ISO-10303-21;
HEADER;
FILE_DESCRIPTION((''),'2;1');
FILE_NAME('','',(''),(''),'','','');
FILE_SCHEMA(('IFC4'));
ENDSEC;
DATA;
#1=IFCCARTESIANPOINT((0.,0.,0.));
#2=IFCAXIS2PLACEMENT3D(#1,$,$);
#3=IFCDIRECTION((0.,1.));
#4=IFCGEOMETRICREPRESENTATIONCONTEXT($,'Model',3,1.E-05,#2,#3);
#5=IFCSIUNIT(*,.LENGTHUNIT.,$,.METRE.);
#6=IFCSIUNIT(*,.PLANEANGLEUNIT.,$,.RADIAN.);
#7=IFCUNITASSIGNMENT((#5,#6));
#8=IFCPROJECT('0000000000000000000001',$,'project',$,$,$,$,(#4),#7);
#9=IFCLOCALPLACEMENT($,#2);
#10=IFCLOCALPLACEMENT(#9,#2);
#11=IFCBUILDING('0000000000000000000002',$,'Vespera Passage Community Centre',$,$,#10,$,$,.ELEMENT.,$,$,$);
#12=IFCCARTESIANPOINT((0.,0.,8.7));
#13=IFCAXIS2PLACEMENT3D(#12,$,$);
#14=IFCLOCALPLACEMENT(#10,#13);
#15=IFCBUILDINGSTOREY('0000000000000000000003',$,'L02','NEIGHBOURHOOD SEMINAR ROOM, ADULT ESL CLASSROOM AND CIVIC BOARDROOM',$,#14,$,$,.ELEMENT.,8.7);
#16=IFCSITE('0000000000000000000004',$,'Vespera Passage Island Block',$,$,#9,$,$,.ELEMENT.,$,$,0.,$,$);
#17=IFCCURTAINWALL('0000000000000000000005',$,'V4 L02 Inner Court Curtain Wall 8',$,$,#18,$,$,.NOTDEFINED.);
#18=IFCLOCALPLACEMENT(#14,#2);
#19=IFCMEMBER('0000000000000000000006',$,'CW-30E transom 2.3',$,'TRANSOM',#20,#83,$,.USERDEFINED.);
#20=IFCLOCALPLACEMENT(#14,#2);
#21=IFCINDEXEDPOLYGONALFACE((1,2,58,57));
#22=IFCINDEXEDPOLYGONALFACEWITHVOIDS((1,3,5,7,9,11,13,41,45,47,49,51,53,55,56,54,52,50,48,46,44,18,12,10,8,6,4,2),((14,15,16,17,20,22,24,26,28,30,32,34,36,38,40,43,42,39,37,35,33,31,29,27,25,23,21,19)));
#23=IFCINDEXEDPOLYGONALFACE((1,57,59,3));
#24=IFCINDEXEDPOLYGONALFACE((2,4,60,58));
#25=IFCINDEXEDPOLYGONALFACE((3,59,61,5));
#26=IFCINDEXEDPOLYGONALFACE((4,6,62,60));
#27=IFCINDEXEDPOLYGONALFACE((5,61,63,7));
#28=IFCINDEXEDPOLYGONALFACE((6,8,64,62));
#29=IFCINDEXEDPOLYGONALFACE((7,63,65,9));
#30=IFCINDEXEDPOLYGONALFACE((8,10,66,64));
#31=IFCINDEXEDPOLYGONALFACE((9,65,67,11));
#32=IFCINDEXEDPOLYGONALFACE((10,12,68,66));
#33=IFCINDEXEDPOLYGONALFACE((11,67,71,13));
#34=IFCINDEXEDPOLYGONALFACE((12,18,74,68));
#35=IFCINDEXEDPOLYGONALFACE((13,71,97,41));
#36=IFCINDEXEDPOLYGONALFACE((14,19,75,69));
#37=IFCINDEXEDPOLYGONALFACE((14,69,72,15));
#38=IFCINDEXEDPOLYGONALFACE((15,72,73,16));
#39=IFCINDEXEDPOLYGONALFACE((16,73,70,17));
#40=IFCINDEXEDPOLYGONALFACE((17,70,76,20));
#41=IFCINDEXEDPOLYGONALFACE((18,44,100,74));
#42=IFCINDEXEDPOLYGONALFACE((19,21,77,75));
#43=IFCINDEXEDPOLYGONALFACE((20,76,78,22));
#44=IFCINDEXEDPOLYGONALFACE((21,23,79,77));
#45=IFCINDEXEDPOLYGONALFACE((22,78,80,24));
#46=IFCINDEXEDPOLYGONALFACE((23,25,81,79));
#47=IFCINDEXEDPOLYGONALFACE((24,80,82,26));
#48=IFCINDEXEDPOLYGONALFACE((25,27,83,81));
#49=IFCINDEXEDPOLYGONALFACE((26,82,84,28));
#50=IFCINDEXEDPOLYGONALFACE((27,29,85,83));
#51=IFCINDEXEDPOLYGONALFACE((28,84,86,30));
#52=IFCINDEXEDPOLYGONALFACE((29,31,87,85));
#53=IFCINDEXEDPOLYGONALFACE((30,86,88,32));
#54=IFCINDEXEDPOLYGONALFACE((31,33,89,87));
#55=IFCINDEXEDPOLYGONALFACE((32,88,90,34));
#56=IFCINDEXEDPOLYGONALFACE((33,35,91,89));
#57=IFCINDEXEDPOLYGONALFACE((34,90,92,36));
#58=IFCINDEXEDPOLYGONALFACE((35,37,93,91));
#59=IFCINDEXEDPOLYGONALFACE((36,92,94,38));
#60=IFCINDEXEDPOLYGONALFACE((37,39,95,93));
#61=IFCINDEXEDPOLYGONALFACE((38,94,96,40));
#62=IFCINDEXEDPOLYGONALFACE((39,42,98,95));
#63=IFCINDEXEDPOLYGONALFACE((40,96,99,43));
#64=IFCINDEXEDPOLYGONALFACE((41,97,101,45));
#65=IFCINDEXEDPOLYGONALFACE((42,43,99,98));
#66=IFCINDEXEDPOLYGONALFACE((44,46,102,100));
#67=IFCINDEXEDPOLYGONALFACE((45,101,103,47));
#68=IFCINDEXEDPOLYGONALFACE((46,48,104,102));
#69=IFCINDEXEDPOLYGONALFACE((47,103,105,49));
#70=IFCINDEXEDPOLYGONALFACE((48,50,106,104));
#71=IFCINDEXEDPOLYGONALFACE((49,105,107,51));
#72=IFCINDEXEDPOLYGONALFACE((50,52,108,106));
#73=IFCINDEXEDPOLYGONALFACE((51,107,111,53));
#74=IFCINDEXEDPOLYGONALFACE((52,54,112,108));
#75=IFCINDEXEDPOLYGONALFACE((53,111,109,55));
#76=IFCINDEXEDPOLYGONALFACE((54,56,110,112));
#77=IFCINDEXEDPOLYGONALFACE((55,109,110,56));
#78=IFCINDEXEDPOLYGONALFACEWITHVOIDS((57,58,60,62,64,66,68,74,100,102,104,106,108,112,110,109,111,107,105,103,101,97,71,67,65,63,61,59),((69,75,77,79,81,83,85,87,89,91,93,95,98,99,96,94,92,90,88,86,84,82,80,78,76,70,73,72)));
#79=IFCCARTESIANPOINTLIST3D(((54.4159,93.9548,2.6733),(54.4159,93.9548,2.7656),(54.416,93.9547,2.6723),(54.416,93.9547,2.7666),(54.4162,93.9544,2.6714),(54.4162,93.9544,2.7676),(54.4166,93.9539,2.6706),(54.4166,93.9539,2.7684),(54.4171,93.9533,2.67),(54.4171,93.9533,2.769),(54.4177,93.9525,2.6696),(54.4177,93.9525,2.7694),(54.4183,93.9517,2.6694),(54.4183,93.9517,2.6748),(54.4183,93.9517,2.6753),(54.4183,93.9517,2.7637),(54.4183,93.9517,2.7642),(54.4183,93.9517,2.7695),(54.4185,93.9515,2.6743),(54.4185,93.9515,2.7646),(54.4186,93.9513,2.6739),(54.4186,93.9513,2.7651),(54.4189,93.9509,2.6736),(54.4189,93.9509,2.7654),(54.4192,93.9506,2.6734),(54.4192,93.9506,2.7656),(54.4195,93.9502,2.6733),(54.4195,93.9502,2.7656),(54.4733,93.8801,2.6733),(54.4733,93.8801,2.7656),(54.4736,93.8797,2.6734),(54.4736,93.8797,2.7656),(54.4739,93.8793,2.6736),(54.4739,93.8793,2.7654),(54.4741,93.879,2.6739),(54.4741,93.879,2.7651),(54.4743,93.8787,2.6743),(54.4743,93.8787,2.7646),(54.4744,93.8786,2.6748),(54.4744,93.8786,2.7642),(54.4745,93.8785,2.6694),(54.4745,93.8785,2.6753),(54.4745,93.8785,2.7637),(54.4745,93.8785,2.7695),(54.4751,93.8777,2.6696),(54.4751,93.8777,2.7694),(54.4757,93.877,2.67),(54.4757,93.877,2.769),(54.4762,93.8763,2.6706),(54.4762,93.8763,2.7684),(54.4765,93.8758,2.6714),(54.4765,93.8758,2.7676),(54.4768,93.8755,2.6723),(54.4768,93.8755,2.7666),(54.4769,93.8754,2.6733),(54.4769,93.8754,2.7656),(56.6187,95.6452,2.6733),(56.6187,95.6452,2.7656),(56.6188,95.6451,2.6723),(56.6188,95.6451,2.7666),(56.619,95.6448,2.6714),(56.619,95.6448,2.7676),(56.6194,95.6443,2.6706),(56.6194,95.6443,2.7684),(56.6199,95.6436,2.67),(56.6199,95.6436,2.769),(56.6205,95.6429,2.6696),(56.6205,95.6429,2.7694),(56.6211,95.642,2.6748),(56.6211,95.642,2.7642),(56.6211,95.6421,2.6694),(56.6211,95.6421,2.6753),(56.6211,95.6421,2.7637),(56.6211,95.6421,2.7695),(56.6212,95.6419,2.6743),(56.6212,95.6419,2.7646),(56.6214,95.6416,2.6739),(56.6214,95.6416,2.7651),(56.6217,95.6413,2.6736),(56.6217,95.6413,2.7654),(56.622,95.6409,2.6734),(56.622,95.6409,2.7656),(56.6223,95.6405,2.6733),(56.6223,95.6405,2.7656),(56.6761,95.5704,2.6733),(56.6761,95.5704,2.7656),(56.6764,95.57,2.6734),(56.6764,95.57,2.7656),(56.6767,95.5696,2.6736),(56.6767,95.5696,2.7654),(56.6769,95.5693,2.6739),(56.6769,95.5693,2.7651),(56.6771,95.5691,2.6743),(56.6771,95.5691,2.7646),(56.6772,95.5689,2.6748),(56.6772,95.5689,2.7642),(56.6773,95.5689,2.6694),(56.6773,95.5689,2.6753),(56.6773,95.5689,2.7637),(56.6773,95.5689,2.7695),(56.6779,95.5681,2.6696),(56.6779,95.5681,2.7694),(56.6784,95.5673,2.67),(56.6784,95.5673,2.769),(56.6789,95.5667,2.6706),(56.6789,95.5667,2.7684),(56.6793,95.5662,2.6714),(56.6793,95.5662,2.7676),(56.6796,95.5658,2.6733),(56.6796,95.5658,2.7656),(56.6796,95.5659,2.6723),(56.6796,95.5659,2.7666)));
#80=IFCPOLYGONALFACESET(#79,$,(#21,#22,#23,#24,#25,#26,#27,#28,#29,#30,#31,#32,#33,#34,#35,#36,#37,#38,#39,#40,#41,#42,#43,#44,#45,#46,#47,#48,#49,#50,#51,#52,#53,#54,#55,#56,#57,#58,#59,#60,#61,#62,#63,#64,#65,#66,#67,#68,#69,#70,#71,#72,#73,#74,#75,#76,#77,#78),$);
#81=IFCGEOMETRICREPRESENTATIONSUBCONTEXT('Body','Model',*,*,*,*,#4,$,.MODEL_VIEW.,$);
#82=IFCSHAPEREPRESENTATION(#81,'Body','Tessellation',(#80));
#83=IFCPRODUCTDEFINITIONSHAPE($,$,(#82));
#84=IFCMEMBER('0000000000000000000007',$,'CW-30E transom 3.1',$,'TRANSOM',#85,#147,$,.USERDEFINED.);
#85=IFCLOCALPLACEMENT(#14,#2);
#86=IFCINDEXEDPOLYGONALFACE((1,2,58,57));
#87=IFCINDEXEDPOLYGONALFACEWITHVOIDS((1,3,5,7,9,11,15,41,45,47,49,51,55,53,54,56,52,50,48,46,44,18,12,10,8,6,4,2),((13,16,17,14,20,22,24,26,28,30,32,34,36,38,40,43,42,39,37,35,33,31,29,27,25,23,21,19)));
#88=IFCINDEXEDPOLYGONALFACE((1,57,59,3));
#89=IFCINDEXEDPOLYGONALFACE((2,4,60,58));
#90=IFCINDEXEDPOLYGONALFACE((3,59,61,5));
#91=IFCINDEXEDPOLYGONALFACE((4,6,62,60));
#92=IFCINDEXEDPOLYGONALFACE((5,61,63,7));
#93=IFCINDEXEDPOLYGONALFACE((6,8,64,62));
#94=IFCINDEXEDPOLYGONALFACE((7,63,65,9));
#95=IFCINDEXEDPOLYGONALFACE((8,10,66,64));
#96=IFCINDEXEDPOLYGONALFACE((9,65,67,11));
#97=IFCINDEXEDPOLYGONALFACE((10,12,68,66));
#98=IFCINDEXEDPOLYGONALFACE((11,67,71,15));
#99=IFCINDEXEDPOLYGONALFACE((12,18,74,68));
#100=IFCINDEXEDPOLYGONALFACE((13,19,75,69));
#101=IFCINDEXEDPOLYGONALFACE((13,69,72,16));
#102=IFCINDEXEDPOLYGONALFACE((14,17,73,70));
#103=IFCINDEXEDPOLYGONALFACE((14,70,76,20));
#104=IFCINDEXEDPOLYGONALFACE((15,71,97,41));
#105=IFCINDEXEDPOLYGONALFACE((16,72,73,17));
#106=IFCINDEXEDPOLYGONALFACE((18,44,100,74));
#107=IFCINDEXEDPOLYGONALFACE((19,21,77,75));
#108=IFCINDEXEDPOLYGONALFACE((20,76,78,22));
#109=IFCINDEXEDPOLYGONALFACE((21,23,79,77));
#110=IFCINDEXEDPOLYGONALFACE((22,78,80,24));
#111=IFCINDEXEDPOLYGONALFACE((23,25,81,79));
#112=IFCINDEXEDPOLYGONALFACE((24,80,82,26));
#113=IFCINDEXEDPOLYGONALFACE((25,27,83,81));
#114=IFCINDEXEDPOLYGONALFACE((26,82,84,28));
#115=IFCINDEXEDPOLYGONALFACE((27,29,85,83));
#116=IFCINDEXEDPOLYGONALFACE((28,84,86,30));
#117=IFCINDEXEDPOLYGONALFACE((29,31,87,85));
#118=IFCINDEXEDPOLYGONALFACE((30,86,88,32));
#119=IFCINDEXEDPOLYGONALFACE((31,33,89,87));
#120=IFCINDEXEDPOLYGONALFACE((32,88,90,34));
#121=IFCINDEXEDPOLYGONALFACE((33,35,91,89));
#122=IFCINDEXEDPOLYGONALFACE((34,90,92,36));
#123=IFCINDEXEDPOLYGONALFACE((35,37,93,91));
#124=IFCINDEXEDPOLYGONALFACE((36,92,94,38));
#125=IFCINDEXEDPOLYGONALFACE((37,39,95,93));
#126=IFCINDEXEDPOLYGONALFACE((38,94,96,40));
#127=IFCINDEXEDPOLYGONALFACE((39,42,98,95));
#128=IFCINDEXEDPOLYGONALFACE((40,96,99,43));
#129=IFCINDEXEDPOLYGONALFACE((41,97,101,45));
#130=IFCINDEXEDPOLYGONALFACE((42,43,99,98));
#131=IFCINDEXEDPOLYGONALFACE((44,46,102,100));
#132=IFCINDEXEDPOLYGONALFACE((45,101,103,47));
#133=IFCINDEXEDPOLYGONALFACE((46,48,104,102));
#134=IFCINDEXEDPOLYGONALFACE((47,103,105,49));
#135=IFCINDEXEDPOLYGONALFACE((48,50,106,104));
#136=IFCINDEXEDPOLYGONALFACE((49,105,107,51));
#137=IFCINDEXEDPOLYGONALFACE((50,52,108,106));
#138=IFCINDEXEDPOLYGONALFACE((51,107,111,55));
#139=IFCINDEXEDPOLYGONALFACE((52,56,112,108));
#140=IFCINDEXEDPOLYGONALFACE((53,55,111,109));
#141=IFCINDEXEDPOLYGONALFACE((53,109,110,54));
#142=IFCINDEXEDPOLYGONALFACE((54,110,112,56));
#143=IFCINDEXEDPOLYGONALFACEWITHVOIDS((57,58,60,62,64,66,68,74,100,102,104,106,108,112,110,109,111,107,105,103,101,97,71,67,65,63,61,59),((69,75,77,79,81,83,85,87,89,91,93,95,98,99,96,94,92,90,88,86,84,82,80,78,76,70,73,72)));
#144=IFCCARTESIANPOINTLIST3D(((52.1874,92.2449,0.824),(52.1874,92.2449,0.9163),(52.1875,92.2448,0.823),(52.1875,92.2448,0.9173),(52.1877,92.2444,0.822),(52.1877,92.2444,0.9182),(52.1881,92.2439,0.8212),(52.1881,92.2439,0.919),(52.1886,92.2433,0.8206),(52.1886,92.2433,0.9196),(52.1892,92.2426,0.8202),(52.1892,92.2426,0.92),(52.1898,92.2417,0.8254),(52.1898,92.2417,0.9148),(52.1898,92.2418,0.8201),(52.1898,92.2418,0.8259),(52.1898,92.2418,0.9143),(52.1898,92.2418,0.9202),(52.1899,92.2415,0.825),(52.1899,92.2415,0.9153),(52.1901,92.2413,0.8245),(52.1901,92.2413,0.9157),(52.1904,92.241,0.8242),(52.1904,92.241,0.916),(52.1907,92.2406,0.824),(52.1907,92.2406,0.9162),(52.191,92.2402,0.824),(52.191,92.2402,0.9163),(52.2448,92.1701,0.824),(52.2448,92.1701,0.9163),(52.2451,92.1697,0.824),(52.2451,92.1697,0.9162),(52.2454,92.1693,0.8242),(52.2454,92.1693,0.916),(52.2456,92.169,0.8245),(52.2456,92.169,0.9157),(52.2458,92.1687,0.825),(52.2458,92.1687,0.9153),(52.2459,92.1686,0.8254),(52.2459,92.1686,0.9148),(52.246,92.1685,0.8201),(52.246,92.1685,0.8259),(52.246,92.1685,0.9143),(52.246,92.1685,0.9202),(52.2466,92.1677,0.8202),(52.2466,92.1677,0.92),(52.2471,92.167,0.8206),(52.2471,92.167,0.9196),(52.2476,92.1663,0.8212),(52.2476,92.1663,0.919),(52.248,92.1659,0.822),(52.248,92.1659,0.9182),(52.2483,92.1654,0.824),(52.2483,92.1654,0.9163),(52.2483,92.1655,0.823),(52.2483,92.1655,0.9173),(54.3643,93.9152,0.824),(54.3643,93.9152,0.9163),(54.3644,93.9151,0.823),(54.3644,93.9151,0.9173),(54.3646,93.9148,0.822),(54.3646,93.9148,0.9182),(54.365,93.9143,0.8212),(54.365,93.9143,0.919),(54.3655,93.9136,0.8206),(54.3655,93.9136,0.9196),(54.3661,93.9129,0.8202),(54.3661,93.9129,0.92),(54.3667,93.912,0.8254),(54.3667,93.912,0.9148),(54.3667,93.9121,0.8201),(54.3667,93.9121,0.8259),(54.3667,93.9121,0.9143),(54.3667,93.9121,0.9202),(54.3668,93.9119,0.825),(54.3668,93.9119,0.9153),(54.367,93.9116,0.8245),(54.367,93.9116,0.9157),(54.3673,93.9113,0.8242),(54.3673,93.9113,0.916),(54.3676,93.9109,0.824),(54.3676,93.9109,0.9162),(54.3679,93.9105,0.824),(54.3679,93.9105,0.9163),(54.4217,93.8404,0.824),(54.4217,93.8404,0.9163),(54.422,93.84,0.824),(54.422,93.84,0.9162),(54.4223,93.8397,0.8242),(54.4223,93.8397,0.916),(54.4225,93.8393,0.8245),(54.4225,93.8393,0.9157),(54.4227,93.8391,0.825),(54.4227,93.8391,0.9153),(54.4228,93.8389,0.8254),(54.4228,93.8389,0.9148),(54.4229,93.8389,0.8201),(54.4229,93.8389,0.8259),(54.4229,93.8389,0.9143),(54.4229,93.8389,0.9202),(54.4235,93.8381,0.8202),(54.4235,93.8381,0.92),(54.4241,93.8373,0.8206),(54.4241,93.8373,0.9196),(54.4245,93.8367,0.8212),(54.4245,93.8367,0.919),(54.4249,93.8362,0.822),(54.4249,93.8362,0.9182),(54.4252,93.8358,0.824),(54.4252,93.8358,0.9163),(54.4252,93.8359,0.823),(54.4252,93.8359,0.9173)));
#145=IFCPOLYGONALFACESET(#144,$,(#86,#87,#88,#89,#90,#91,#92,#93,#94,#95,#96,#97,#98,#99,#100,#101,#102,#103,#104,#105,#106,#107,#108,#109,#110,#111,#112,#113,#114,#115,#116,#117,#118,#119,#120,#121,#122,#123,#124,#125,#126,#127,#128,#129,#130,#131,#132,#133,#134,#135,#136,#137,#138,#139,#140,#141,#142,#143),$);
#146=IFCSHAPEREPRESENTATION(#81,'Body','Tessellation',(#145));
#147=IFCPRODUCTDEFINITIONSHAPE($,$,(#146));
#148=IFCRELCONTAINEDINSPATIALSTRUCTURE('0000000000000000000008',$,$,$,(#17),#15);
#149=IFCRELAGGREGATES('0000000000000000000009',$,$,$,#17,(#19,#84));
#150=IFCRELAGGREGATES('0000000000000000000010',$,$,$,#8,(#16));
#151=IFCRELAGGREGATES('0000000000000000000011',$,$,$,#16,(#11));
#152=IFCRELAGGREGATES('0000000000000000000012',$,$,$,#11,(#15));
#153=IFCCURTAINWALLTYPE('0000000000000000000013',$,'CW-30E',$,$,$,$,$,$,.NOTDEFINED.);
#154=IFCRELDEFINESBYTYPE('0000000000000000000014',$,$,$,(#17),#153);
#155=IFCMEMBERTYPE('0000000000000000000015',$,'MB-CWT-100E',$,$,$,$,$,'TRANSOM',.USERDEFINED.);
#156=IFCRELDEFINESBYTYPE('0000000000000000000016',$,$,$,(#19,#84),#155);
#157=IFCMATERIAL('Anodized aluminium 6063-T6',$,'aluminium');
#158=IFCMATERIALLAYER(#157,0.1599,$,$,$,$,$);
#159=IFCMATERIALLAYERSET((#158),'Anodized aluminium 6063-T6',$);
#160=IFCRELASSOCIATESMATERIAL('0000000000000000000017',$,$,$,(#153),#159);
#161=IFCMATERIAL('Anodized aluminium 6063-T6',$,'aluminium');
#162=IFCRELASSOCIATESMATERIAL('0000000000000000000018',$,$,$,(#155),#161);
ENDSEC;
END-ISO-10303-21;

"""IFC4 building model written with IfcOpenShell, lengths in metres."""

from ifc_helpers import new_model, si_unit, direction, frame, origin, origin_2d, place, context, subcontext, project, spatial, hollow_rectangle, extrude, material, layer, layer_set, material_profile, profile_set, type_object, element, aggregate, save


model = new_model("IFC4")

# Units and contexts
model_context = context("Model", 3, precision=1e-05, world=origin(), true_north=direction((0.0, 1.0)))
body_context = subcontext(model_context, "Body", "Model", "MODEL_VIEW")
ifc_project = project(units=[si_unit("LENGTHUNIT", "METRE"), si_unit("PLANEANGLEUNIT", "RADIAN")], contexts=[model_context])

# Site, building, storey
site_placement = place(None, origin())
site = spatial("IfcSite", under=ifc_project, at=site_placement, Name="Vespera Passage Island Block", CompositionType="ELEMENT", RefElevation=0.0)
building_placement = place(site_placement, origin())
building = spatial("IfcBuilding", under=site, at=building_placement, Name="Vespera Passage Community Centre", CompositionType="ELEMENT")
storey_placement = place(building_placement, frame((0.0, 0.0, 8.7)))
storey = spatial("IfcBuildingStorey", under=building, at=storey_placement, Name="L02", Description="NEIGHBOURHOOD SEMINAR ROOM, ADULT ESL CLASSROOM AND CIVIC BOARDROOM", CompositionType="ELEMENT", Elevation=8.7)

# Curtain wall
ifc_material_1 = material(Name="Anodized aluminium 6063-T6", Category="aluminium")
ifc_layer_1 = layer(ifc_material_1, 0.1599)
ifc_layer_set_1 = layer_set([ifc_layer_1], Name="Anodized aluminium 6063-T6")
curtain_wall_type_1 = type_object("IfcCurtainWallType", Name="CW-30E", PredefinedType="NOTDEFINED", material=ifc_layer_set_1)
curtain_wall_1_placement = place(storey_placement, origin())
curtain_wall_1 = element("IfcCurtainWall", 1, at=curtain_wall_1_placement, inside=storey, type_object=curtain_wall_type_1, Name="V4 L02 Inner Court Curtain Wall 8", PredefinedType="NOTDEFINED")

# Members
ifc_material_2 = material(Name="Anodized aluminium 6063-T6", Category="aluminium")
ifc_material_profile_1 = material_profile(ifc_material_2, hollow_rectangle(XDim=0.1001, YDim=0.1001, WallThickness=0.0039, InnerFilletRadius=0.002, OuterFilletRadius=0.0039, at=origin_2d()), Name="ALU100X100X4")
ifc_profile_set_1 = profile_set([ifc_material_profile_1], Name="Anodized aluminium 6063-T6")
member_type_1 = type_object("IfcMemberType", Name="MB-CWT-100E", ElementType="TRANSOM", PredefinedType="USERDEFINED", material=ifc_profile_set_1)
member_1_placement = place(storey_placement, frame((56.6492, 95.6055, 2.7195), z_axis=(-0.793336, -0.608784, 0.0), x_axis=(0.608784, -0.793336, 0.0)))
member_1 = element("IfcMember", 2, at=member_1_placement, type_object=member_type_1, Name="CW-30E transom 2.3", ObjectType="TRANSOM", PredefinedType="USERDEFINED", context=body_context, shape_type="SweptSolid", body=[
    extrude(hollow_rectangle(XDim=0.1001, YDim=0.1001, WallThickness=0.0039, InnerFilletRadius=0.002, OuterFilletRadius=0.0039, at=origin_2d()), origin(), (0.0, 0.0, 1.0), 2.7766),
])
member_2_placement = place(storey_placement, frame((54.3948, 93.8755, 0.8701), z_axis=(-0.793364, -0.608747, 0.0), x_axis=(0.608747, -0.793364, 0.0)))
member_2 = element("IfcMember", 3, at=member_2_placement, type_object=member_type_1, Name="CW-30E transom 3.1", ObjectType="TRANSOM", PredefinedType="USERDEFINED", context=body_context, shape_type="SweptSolid", body=[
    extrude(hollow_rectangle(XDim=0.1001, YDim=0.1001, WallThickness=0.0039, InnerFilletRadius=0.002, OuterFilletRadius=0.0039, at=origin_2d()), origin(), (0.0, 0.0, 1.0), 2.7439),
])

aggregate(curtain_wall_1, [member_1, member_2])

save(model, "model.ifc")
